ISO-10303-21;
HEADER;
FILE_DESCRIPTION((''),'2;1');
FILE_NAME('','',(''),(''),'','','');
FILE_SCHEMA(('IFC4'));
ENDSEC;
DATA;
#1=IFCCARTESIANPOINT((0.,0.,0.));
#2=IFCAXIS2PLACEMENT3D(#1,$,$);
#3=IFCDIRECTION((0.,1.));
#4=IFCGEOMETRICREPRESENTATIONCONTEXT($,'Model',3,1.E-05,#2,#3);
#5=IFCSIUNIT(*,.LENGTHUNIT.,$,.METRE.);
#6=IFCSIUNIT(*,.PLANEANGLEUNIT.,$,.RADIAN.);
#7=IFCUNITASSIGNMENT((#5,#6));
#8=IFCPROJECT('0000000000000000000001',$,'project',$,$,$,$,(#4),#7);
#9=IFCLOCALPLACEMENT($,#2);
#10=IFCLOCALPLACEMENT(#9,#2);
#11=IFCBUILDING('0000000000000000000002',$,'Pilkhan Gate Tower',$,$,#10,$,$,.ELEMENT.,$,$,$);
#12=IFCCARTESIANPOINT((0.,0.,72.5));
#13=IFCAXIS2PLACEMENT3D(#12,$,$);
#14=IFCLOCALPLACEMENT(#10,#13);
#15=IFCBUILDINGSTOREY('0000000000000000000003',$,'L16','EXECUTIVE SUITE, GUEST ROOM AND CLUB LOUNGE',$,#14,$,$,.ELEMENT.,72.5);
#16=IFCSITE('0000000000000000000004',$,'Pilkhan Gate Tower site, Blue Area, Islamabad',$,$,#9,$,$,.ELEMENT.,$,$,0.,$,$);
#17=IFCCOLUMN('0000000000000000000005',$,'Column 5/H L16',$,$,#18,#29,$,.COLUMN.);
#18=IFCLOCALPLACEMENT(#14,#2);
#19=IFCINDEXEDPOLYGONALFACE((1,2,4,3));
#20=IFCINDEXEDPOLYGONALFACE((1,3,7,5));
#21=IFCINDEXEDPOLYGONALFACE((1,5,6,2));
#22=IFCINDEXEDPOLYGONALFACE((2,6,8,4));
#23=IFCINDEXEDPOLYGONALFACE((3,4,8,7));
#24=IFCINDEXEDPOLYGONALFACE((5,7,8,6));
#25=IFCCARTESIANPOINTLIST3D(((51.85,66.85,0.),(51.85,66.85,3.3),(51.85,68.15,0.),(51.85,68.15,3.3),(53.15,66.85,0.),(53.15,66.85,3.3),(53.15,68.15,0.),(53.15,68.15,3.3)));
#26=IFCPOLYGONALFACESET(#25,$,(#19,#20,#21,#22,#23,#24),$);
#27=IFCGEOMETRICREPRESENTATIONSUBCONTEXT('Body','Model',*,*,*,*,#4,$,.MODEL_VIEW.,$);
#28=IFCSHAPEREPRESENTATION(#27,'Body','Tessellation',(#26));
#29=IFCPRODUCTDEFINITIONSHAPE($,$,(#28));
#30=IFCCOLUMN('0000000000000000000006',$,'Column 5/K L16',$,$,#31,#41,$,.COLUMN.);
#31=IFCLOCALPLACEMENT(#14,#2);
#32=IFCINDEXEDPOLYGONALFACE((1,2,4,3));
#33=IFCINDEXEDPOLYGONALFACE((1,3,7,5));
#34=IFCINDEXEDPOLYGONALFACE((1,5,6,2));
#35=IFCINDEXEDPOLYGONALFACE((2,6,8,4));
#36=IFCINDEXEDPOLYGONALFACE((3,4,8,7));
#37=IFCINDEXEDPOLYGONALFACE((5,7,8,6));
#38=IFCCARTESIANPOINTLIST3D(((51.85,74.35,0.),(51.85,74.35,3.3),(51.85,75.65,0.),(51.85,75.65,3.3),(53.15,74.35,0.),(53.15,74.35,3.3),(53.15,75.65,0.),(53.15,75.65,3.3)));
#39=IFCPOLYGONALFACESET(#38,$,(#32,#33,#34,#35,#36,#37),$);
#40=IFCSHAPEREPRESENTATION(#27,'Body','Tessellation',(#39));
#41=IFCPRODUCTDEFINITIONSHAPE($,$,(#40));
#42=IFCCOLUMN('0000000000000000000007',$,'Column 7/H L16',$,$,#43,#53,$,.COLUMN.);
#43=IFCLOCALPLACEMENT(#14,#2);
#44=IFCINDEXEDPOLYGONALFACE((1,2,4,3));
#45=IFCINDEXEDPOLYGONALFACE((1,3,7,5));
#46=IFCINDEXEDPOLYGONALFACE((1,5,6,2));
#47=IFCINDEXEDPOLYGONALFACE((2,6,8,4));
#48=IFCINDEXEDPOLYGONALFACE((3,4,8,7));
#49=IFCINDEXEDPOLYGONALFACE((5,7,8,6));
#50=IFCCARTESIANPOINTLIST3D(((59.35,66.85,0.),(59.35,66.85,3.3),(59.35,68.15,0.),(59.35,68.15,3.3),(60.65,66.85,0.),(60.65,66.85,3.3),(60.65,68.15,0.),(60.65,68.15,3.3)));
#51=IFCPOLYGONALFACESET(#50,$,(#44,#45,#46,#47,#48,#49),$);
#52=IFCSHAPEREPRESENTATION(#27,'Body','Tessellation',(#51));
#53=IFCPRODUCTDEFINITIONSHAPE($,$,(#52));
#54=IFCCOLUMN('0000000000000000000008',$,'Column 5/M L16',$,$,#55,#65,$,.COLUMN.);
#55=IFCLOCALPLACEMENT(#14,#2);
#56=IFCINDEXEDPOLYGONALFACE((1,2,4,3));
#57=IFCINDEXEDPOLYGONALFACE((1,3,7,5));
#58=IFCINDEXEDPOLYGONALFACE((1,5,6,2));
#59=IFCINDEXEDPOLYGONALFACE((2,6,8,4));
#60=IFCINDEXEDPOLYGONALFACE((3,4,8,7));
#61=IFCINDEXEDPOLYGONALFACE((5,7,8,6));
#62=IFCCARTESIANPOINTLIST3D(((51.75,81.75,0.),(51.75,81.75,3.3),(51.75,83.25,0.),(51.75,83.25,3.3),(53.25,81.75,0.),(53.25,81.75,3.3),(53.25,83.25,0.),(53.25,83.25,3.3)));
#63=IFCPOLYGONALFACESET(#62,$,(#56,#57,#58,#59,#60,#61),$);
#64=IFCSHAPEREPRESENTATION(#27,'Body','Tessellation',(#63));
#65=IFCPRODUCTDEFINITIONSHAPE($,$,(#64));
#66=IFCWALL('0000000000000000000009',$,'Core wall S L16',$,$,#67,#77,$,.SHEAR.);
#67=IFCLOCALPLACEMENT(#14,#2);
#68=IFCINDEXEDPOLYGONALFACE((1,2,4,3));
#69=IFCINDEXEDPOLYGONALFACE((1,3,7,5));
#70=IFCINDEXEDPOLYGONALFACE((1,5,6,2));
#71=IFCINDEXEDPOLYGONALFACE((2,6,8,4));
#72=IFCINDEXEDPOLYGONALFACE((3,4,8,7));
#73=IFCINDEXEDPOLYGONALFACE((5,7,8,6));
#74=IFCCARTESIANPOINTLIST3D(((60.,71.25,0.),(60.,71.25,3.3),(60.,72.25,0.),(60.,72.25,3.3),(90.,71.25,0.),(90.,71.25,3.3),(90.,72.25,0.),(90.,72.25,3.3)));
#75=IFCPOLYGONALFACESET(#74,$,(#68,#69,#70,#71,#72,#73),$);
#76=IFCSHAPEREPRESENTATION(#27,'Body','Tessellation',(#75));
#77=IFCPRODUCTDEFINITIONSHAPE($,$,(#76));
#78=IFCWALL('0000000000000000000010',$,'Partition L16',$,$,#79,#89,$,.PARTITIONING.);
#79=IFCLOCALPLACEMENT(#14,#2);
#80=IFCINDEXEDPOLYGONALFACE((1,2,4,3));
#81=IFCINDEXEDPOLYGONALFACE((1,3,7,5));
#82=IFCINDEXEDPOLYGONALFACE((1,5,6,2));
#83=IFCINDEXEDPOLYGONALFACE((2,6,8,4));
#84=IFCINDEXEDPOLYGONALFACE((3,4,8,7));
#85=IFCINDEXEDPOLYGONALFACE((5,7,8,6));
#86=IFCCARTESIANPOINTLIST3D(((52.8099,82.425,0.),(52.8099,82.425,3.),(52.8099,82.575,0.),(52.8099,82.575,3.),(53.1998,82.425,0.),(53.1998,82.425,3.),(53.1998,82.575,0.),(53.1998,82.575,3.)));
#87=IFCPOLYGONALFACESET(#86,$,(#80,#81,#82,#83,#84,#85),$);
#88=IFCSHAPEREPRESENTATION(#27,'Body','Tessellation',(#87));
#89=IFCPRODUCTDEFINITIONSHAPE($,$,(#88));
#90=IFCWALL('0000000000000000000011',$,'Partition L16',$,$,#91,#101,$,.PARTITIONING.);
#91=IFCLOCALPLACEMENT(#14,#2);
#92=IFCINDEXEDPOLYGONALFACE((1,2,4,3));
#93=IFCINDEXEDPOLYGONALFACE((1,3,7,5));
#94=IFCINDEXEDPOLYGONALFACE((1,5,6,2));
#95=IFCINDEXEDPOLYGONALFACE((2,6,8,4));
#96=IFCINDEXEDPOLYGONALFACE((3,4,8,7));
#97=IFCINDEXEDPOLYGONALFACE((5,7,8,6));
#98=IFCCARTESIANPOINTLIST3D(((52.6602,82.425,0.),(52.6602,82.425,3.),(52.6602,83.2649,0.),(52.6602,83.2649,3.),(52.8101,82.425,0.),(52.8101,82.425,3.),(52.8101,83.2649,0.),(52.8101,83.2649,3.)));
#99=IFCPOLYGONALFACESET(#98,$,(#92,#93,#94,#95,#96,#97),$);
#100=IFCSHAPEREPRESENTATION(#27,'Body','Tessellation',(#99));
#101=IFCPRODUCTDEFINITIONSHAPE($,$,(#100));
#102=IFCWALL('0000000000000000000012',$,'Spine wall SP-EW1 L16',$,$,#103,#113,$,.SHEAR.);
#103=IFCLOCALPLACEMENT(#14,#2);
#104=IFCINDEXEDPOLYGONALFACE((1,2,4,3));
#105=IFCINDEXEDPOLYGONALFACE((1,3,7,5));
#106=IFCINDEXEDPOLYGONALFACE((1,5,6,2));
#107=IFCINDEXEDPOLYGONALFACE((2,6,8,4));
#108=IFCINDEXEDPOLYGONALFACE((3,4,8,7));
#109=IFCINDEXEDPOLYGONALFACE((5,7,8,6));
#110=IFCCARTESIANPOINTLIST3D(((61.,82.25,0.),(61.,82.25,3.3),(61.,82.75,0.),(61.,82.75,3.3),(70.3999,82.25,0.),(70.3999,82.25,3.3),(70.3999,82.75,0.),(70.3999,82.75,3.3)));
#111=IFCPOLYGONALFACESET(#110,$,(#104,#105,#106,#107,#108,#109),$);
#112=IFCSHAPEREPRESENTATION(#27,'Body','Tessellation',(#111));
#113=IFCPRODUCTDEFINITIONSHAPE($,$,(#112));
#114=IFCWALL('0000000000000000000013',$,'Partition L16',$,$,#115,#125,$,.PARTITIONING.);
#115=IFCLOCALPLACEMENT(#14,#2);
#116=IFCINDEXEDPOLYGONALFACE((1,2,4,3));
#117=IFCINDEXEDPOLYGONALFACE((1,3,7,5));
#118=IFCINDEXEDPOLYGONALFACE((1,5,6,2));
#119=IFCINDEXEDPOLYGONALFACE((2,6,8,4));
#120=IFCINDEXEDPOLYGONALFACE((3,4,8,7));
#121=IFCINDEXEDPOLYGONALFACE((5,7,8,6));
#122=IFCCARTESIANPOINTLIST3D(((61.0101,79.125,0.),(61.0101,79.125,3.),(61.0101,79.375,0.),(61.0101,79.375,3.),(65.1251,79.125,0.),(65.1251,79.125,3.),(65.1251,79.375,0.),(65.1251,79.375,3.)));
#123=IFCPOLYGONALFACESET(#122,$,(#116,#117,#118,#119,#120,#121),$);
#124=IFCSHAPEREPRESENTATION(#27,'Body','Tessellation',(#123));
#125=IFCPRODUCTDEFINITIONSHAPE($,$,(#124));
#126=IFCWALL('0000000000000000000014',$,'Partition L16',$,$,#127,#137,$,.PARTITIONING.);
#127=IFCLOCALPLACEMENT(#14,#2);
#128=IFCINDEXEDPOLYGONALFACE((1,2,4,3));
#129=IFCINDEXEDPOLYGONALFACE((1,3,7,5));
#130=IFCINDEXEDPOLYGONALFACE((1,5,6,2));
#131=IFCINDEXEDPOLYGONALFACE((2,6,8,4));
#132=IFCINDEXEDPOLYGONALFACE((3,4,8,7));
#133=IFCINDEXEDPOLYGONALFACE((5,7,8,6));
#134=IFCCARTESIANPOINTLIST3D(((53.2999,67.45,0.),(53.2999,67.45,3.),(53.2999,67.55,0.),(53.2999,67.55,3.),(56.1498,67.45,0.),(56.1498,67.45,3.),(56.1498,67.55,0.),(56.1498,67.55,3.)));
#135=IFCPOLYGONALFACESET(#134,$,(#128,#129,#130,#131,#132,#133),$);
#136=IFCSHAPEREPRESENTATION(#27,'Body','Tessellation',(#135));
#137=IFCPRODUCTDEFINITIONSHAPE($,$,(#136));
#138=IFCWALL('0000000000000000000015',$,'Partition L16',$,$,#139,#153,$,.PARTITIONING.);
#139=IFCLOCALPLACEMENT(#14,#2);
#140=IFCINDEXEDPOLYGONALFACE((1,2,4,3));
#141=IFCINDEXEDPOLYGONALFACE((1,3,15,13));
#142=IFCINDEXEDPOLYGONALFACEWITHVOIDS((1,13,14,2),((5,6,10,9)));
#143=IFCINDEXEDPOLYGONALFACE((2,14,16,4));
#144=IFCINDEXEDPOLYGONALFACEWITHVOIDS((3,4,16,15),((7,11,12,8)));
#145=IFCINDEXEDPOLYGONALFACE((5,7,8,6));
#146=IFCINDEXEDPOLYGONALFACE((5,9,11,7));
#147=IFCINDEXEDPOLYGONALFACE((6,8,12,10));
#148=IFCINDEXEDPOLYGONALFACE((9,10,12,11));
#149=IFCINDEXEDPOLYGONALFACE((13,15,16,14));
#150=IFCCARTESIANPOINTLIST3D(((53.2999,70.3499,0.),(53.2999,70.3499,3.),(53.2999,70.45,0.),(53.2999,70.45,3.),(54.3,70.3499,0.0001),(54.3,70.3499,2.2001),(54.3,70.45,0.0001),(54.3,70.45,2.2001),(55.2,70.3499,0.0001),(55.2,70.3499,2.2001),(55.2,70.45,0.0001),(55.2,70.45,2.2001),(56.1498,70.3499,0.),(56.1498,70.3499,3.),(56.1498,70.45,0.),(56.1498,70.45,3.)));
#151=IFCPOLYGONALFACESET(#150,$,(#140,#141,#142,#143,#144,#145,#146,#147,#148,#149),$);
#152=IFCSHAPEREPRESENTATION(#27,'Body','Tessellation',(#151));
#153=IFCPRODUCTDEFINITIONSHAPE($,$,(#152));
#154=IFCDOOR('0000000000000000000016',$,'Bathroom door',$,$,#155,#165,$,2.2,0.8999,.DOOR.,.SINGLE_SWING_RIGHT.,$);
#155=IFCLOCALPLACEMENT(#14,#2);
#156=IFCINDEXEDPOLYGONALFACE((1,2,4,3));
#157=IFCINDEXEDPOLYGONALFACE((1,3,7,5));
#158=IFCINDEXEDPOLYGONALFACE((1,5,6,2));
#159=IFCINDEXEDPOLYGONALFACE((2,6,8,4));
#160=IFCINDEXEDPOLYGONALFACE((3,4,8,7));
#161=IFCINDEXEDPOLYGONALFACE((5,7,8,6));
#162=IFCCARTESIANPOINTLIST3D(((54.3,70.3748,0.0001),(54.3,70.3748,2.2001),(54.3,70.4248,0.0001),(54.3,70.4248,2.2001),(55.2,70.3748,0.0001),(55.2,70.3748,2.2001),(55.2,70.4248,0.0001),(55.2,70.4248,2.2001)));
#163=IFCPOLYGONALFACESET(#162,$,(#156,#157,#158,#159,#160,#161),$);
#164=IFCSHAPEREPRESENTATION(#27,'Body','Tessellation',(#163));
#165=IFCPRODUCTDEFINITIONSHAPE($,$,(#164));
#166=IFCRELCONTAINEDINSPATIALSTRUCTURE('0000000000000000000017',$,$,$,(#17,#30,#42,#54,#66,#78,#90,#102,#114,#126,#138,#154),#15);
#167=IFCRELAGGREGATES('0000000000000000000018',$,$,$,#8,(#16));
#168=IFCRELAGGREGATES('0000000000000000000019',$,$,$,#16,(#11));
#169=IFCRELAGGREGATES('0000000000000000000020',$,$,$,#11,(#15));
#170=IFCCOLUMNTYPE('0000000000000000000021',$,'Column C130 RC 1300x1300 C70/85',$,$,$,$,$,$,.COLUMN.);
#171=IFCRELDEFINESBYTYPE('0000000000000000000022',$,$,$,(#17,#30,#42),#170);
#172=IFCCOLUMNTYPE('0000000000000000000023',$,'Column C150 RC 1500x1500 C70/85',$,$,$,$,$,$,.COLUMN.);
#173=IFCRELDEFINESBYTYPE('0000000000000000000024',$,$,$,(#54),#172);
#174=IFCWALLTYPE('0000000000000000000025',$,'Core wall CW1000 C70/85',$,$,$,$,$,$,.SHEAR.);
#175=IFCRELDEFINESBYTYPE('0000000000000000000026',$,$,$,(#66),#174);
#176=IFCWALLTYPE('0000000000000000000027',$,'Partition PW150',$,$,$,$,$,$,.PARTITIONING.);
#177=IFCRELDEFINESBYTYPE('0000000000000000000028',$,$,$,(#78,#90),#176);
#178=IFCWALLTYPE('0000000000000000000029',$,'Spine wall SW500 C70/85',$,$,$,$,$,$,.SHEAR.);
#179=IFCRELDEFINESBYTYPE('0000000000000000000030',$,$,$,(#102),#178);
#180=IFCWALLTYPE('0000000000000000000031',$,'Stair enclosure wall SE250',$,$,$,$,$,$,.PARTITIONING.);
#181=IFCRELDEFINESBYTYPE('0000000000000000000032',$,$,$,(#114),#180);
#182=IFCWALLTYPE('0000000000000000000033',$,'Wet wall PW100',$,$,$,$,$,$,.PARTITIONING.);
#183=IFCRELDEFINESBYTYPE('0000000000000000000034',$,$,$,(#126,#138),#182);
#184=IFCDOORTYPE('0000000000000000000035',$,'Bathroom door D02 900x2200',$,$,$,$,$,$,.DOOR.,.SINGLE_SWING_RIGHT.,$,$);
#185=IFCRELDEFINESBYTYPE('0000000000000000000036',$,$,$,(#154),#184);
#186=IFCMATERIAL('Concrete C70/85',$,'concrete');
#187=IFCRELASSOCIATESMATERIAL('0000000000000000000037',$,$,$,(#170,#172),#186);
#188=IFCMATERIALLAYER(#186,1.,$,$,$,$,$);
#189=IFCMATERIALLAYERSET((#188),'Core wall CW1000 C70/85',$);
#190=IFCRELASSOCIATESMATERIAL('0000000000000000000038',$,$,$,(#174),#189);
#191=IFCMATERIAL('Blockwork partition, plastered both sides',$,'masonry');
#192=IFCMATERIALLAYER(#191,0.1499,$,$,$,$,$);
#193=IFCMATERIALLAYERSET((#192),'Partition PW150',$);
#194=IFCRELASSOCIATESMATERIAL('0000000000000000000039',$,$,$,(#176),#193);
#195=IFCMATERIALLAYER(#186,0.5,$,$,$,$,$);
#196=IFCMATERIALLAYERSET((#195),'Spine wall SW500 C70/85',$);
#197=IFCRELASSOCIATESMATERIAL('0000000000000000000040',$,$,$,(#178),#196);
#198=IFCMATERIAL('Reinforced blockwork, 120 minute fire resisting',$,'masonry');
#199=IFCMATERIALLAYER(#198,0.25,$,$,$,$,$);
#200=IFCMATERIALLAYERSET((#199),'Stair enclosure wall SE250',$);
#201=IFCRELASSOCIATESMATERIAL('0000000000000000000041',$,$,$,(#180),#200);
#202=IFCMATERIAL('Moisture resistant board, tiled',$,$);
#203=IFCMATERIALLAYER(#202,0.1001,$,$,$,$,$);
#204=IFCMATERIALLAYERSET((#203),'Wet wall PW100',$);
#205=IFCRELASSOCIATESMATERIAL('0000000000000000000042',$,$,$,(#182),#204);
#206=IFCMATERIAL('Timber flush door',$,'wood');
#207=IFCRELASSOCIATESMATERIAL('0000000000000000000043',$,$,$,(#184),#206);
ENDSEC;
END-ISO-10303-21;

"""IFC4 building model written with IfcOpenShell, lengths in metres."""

from ifc_helpers import new_model, si_unit, direction, frame, frame_2d, origin, origin_2d, place, context, subcontext, project, spatial, rectangle, extrude, material, layer, layer_set, material_profile, profile_set, type_object, element, fill, save


model = new_model("IFC4")

# Units and contexts
model_context = context("Model", 3, precision=1e-05, world=origin(), true_north=direction((0.0, 1.0)))
body_context = subcontext(model_context, "Body", "Model", "MODEL_VIEW")
ifc_project = project(units=[si_unit("LENGTHUNIT", "METRE"), si_unit("PLANEANGLEUNIT", "RADIAN")], contexts=[model_context])

# Site, building, storey
site_placement = place(None, origin())
site = spatial("IfcSite", under=ifc_project, at=site_placement, Name="Pilkhan Gate Tower site, Blue Area, Islamabad", CompositionType="ELEMENT", RefElevation=0.0)
building_placement = place(site_placement, origin())
building = spatial("IfcBuilding", under=site, at=building_placement, Name="Pilkhan Gate Tower", CompositionType="ELEMENT")
storey_placement = place(building_placement, frame((0.0, 0.0, 72.5)))
storey = spatial("IfcBuildingStorey", under=building, at=storey_placement, Name="L16", Description="EXECUTIVE SUITE, GUEST ROOM AND CLUB LOUNGE", CompositionType="ELEMENT", Elevation=72.5)

# Columns
ifc_material_1 = material(Name="Concrete C70/85", Category="concrete")
ifc_material_profile_1 = material_profile(ifc_material_1, rectangle(XDim=1.3, YDim=1.3, at=origin_2d()), Name="RC 1300x1300")
ifc_profile_set_1 = profile_set([ifc_material_profile_1], Name="Concrete C70/85")
column_type_1 = type_object("IfcColumnType", Name="Column C130 RC 1300x1300 C70/85", PredefinedType="COLUMN", material=ifc_profile_set_1)
for number, where, z_axis, x_axis, name in (
    (1, (52.5, 67.5, 0.0), (0.0, 0.0, 1.0), (1.0, 0.0, 0.0), "Column 5/H L16"),
    (2, (52.5, 75.0, 0.0), (0.0, 0.0, 1.0), (1.0, 0.0, 0.0), "Column 5/K L16"),
    (3, (60.0, 67.5, 0.0), (0.0, 0.0, 1.0), (1.0, 0.0, 0.0), "Column 7/H L16"),
):
    element("IfcColumn", number, at=place(storey_placement, frame(where, z_axis=z_axis, x_axis=x_axis)), inside=storey, type_object=column_type_1, Name=name, PredefinedType="COLUMN", context=body_context, shape_type="SweptSolid", body=[
        extrude(rectangle(XDim=1.3, YDim=1.3, at=origin_2d()), origin(), (0.0, 0.0, 1.0), 3.3),
    ])
ifc_material_profile_2 = material_profile(ifc_material_1, rectangle(XDim=1.5, YDim=1.5, at=origin_2d()), Name="RC 1500x1500")
ifc_profile_set_2 = profile_set([ifc_material_profile_2], Name="Concrete C70/85")
column_type_2 = type_object("IfcColumnType", Name="Column C150 RC 1500x1500 C70/85", PredefinedType="COLUMN", material=ifc_profile_set_2)
column_placement = place(storey_placement, frame((52.5, 82.5, 0.0), z_axis=(0.0, 0.0, 1.0), x_axis=(1.0, 0.0, 0.0)))
element("IfcColumn", 4, at=column_placement, inside=storey, type_object=column_type_2, Name="Column 5/M L16", PredefinedType="COLUMN", context=body_context, shape_type="SweptSolid", body=[
    extrude(rectangle(XDim=1.5, YDim=1.5, at=origin_2d()), origin(), (0.0, 0.0, 1.0), 3.3),
])

# Walls
ifc_layer_1 = layer(ifc_material_1, 1.0)
ifc_layer_set_1 = layer_set([ifc_layer_1], Name="Core wall CW1000 C70/85")
wall_type_1 = type_object("IfcWallType", Name="Core wall CW1000 C70/85", PredefinedType="SHEAR", material=ifc_layer_set_1)
wall_1_placement = place(storey_placement, frame((60.0, 71.75, 0.0), z_axis=(0.0, 0.0, 1.0), x_axis=(1.0, 0.0, 0.0)))
element("IfcWall", 5, at=wall_1_placement, inside=storey, type_object=wall_type_1, Name="Core wall S L16", PredefinedType="SHEAR", context=body_context, shape_type="SweptSolid", body=[
    extrude(rectangle(XDim=30.0, YDim=1.0, at=frame_2d((15.0, 0.0))), origin(), (0.0, 0.0, 1.0), 3.3),
])
ifc_material_2 = material(Name="Blockwork partition, plastered both sides", Category="masonry")
ifc_layer_2 = layer(ifc_material_2, 0.1499)
ifc_layer_set_2 = layer_set([ifc_layer_2], Name="Partition PW150")
wall_type_2 = type_object("IfcWallType", Name="Partition PW150", PredefinedType="PARTITIONING", material=ifc_layer_set_2)
wall_2_placement = place(storey_placement, frame((52.8101, 82.5, 0.0), z_axis=(0.0, 0.0, 1.0), x_axis=(1.0, 0.0, 0.0)))
element("IfcWall", 6, at=wall_2_placement, inside=storey, type_object=wall_type_2, Name="Partition L16", PredefinedType="PARTITIONING", context=body_context, shape_type="SweptSolid", body=[
    extrude(rectangle(XDim=0.3899, YDim=0.1499, at=frame_2d((0.1948, 0.0))), origin(), (0.0, 0.0, 1.0), 3.0),
])
wall_3_placement = place(storey_placement, frame((52.7351, 82.425, 0.0), z_axis=(0.0, 0.0, 1.0), x_axis=(0.0, 1.0, 0.0)))
element("IfcWall", 7, at=wall_3_placement, inside=storey, type_object=wall_type_2, Name="Partition L16", PredefinedType="PARTITIONING", context=body_context, shape_type="SweptSolid", body=[
    extrude(rectangle(XDim=0.8398, YDim=0.1499, at=frame_2d((0.4199, 0.0))), origin(), (0.0, 0.0, 1.0), 3.0),
])
ifc_layer_3 = layer(ifc_material_1, 0.5)
ifc_layer_set_3 = layer_set([ifc_layer_3], Name="Spine wall SW500 C70/85")
wall_type_3 = type_object("IfcWallType", Name="Spine wall SW500 C70/85", PredefinedType="SHEAR", material=ifc_layer_set_3)
wall_4_placement = place(storey_placement, frame((61.0, 82.5, 0.0), z_axis=(0.0, 0.0, 1.0), x_axis=(1.0, 0.0, 0.0)))
element("IfcWall", 8, at=wall_4_placement, inside=storey, type_object=wall_type_3, Name="Spine wall SP-EW1 L16", PredefinedType="SHEAR", context=body_context, shape_type="SweptSolid", body=[
    extrude(rectangle(XDim=9.3999, YDim=0.5, at=frame_2d((4.7, 0.0))), origin(), (0.0, 0.0, 1.0), 3.3),
])
ifc_material_3 = material(Name="Reinforced blockwork, 120 minute fire resisting", Category="masonry")
ifc_layer_4 = layer(ifc_material_3, 0.25)
ifc_layer_set_4 = layer_set([ifc_layer_4], Name="Stair enclosure wall SE250")
wall_type_4 = type_object("IfcWallType", Name="Stair enclosure wall SE250", PredefinedType="PARTITIONING", material=ifc_layer_set_4)
wall_5_placement = place(storey_placement, frame((61.01, 79.25, 0.0), z_axis=(0.0, 0.0, 1.0), x_axis=(1.0, 0.0, 0.0)))
element("IfcWall", 9, at=wall_5_placement, inside=storey, type_object=wall_type_4, Name="Partition L16", PredefinedType="PARTITIONING", context=body_context, shape_type="SweptSolid", body=[
    extrude(rectangle(XDim=4.115, YDim=0.25, at=frame_2d((2.0576, 0.0))), origin(), (0.0, 0.0, 1.0), 3.0),
])
ifc_material_4 = material(Name="Moisture resistant board, tiled")
ifc_layer_5 = layer(ifc_material_4, 0.1001)
ifc_layer_set_5 = layer_set([ifc_layer_5], Name="Wet wall PW100")
wall_type_5 = type_object("IfcWallType", Name="Wet wall PW100", PredefinedType="PARTITIONING", material=ifc_layer_set_5)
wall_6_placement = place(storey_placement, frame((53.3, 67.5, 0.0), z_axis=(0.0, 0.0, 1.0), x_axis=(1.0, 0.0, 0.0)))
element("IfcWall", 10, at=wall_6_placement, inside=storey, type_object=wall_type_5, Name="Partition L16", PredefinedType="PARTITIONING", context=body_context, shape_type="SweptSolid", body=[
    extrude(rectangle(XDim=2.8499, YDim=0.1001, at=frame_2d((1.4248, 0.0))), origin(), (0.0, 0.0, 1.0), 3.0),
])

# Wall, opening, door
wall_7_placement = place(storey_placement, frame((53.3, 70.3999, 0.0), z_axis=(0.0, 0.0, 1.0), x_axis=(1.0, 0.0, 0.0)))
wall_7 = element("IfcWall", 11, at=wall_7_placement, inside=storey, type_object=wall_type_5, Name="Partition L16", PredefinedType="PARTITIONING", context=body_context, shape_type="SweptSolid", body=[
    extrude(rectangle(XDim=2.8499, YDim=0.1001, at=frame_2d((1.4248, 0.0))), origin(), (0.0, 0.0, 1.0), 3.0),
])
opening_1_placement = place(wall_7_placement, frame((1.0, 0.0, 0.0)))
opening_1 = element("IfcOpeningElement", 12, at=opening_1_placement, cuts=wall_7, PredefinedType="OPENING", context=body_context, shape_type="SweptSolid", body=[
    extrude(rectangle(XDim=0.8999, YDim=2.2, at=frame_2d((0.45, 1.1001))), frame((0.0, 0.0601, 0.0), z_axis=(0.0, -1.0, 0.0), x_axis=(1.0, 0.0, 0.0)), (0.0, 0.0, 1.0), 0.1201),
])
ifc_material_5 = material(Name="Timber flush door", Category="wood")
door_type = type_object("IfcDoorType", Name="Bathroom door D02 900x2200", OperationType="SINGLE_SWING_RIGHT", PredefinedType="DOOR", material=ifc_material_5)
door_1_placement = place(opening_1_placement, origin())
door_1 = element("IfcDoor", 13, at=door_1_placement, inside=storey, type_object=door_type, Name="Bathroom door", OperationType="SINGLE_SWING_RIGHT", OverallHeight=2.2, OverallWidth=0.8999, PredefinedType="DOOR", context=body_context, shape_type="SweptSolid", body=[
    extrude(rectangle(XDim=0.8999, YDim=2.2, at=frame_2d((0.45, 1.1001))), frame((0.0, 0.0249, 0.0), z_axis=(0.0, -1.0, 0.0), x_axis=(1.0, 0.0, 0.0)), (0.0, 0.0, 1.0), 0.05),
])
fill(opening_1, door_1)

save(model, "model.ifc")
